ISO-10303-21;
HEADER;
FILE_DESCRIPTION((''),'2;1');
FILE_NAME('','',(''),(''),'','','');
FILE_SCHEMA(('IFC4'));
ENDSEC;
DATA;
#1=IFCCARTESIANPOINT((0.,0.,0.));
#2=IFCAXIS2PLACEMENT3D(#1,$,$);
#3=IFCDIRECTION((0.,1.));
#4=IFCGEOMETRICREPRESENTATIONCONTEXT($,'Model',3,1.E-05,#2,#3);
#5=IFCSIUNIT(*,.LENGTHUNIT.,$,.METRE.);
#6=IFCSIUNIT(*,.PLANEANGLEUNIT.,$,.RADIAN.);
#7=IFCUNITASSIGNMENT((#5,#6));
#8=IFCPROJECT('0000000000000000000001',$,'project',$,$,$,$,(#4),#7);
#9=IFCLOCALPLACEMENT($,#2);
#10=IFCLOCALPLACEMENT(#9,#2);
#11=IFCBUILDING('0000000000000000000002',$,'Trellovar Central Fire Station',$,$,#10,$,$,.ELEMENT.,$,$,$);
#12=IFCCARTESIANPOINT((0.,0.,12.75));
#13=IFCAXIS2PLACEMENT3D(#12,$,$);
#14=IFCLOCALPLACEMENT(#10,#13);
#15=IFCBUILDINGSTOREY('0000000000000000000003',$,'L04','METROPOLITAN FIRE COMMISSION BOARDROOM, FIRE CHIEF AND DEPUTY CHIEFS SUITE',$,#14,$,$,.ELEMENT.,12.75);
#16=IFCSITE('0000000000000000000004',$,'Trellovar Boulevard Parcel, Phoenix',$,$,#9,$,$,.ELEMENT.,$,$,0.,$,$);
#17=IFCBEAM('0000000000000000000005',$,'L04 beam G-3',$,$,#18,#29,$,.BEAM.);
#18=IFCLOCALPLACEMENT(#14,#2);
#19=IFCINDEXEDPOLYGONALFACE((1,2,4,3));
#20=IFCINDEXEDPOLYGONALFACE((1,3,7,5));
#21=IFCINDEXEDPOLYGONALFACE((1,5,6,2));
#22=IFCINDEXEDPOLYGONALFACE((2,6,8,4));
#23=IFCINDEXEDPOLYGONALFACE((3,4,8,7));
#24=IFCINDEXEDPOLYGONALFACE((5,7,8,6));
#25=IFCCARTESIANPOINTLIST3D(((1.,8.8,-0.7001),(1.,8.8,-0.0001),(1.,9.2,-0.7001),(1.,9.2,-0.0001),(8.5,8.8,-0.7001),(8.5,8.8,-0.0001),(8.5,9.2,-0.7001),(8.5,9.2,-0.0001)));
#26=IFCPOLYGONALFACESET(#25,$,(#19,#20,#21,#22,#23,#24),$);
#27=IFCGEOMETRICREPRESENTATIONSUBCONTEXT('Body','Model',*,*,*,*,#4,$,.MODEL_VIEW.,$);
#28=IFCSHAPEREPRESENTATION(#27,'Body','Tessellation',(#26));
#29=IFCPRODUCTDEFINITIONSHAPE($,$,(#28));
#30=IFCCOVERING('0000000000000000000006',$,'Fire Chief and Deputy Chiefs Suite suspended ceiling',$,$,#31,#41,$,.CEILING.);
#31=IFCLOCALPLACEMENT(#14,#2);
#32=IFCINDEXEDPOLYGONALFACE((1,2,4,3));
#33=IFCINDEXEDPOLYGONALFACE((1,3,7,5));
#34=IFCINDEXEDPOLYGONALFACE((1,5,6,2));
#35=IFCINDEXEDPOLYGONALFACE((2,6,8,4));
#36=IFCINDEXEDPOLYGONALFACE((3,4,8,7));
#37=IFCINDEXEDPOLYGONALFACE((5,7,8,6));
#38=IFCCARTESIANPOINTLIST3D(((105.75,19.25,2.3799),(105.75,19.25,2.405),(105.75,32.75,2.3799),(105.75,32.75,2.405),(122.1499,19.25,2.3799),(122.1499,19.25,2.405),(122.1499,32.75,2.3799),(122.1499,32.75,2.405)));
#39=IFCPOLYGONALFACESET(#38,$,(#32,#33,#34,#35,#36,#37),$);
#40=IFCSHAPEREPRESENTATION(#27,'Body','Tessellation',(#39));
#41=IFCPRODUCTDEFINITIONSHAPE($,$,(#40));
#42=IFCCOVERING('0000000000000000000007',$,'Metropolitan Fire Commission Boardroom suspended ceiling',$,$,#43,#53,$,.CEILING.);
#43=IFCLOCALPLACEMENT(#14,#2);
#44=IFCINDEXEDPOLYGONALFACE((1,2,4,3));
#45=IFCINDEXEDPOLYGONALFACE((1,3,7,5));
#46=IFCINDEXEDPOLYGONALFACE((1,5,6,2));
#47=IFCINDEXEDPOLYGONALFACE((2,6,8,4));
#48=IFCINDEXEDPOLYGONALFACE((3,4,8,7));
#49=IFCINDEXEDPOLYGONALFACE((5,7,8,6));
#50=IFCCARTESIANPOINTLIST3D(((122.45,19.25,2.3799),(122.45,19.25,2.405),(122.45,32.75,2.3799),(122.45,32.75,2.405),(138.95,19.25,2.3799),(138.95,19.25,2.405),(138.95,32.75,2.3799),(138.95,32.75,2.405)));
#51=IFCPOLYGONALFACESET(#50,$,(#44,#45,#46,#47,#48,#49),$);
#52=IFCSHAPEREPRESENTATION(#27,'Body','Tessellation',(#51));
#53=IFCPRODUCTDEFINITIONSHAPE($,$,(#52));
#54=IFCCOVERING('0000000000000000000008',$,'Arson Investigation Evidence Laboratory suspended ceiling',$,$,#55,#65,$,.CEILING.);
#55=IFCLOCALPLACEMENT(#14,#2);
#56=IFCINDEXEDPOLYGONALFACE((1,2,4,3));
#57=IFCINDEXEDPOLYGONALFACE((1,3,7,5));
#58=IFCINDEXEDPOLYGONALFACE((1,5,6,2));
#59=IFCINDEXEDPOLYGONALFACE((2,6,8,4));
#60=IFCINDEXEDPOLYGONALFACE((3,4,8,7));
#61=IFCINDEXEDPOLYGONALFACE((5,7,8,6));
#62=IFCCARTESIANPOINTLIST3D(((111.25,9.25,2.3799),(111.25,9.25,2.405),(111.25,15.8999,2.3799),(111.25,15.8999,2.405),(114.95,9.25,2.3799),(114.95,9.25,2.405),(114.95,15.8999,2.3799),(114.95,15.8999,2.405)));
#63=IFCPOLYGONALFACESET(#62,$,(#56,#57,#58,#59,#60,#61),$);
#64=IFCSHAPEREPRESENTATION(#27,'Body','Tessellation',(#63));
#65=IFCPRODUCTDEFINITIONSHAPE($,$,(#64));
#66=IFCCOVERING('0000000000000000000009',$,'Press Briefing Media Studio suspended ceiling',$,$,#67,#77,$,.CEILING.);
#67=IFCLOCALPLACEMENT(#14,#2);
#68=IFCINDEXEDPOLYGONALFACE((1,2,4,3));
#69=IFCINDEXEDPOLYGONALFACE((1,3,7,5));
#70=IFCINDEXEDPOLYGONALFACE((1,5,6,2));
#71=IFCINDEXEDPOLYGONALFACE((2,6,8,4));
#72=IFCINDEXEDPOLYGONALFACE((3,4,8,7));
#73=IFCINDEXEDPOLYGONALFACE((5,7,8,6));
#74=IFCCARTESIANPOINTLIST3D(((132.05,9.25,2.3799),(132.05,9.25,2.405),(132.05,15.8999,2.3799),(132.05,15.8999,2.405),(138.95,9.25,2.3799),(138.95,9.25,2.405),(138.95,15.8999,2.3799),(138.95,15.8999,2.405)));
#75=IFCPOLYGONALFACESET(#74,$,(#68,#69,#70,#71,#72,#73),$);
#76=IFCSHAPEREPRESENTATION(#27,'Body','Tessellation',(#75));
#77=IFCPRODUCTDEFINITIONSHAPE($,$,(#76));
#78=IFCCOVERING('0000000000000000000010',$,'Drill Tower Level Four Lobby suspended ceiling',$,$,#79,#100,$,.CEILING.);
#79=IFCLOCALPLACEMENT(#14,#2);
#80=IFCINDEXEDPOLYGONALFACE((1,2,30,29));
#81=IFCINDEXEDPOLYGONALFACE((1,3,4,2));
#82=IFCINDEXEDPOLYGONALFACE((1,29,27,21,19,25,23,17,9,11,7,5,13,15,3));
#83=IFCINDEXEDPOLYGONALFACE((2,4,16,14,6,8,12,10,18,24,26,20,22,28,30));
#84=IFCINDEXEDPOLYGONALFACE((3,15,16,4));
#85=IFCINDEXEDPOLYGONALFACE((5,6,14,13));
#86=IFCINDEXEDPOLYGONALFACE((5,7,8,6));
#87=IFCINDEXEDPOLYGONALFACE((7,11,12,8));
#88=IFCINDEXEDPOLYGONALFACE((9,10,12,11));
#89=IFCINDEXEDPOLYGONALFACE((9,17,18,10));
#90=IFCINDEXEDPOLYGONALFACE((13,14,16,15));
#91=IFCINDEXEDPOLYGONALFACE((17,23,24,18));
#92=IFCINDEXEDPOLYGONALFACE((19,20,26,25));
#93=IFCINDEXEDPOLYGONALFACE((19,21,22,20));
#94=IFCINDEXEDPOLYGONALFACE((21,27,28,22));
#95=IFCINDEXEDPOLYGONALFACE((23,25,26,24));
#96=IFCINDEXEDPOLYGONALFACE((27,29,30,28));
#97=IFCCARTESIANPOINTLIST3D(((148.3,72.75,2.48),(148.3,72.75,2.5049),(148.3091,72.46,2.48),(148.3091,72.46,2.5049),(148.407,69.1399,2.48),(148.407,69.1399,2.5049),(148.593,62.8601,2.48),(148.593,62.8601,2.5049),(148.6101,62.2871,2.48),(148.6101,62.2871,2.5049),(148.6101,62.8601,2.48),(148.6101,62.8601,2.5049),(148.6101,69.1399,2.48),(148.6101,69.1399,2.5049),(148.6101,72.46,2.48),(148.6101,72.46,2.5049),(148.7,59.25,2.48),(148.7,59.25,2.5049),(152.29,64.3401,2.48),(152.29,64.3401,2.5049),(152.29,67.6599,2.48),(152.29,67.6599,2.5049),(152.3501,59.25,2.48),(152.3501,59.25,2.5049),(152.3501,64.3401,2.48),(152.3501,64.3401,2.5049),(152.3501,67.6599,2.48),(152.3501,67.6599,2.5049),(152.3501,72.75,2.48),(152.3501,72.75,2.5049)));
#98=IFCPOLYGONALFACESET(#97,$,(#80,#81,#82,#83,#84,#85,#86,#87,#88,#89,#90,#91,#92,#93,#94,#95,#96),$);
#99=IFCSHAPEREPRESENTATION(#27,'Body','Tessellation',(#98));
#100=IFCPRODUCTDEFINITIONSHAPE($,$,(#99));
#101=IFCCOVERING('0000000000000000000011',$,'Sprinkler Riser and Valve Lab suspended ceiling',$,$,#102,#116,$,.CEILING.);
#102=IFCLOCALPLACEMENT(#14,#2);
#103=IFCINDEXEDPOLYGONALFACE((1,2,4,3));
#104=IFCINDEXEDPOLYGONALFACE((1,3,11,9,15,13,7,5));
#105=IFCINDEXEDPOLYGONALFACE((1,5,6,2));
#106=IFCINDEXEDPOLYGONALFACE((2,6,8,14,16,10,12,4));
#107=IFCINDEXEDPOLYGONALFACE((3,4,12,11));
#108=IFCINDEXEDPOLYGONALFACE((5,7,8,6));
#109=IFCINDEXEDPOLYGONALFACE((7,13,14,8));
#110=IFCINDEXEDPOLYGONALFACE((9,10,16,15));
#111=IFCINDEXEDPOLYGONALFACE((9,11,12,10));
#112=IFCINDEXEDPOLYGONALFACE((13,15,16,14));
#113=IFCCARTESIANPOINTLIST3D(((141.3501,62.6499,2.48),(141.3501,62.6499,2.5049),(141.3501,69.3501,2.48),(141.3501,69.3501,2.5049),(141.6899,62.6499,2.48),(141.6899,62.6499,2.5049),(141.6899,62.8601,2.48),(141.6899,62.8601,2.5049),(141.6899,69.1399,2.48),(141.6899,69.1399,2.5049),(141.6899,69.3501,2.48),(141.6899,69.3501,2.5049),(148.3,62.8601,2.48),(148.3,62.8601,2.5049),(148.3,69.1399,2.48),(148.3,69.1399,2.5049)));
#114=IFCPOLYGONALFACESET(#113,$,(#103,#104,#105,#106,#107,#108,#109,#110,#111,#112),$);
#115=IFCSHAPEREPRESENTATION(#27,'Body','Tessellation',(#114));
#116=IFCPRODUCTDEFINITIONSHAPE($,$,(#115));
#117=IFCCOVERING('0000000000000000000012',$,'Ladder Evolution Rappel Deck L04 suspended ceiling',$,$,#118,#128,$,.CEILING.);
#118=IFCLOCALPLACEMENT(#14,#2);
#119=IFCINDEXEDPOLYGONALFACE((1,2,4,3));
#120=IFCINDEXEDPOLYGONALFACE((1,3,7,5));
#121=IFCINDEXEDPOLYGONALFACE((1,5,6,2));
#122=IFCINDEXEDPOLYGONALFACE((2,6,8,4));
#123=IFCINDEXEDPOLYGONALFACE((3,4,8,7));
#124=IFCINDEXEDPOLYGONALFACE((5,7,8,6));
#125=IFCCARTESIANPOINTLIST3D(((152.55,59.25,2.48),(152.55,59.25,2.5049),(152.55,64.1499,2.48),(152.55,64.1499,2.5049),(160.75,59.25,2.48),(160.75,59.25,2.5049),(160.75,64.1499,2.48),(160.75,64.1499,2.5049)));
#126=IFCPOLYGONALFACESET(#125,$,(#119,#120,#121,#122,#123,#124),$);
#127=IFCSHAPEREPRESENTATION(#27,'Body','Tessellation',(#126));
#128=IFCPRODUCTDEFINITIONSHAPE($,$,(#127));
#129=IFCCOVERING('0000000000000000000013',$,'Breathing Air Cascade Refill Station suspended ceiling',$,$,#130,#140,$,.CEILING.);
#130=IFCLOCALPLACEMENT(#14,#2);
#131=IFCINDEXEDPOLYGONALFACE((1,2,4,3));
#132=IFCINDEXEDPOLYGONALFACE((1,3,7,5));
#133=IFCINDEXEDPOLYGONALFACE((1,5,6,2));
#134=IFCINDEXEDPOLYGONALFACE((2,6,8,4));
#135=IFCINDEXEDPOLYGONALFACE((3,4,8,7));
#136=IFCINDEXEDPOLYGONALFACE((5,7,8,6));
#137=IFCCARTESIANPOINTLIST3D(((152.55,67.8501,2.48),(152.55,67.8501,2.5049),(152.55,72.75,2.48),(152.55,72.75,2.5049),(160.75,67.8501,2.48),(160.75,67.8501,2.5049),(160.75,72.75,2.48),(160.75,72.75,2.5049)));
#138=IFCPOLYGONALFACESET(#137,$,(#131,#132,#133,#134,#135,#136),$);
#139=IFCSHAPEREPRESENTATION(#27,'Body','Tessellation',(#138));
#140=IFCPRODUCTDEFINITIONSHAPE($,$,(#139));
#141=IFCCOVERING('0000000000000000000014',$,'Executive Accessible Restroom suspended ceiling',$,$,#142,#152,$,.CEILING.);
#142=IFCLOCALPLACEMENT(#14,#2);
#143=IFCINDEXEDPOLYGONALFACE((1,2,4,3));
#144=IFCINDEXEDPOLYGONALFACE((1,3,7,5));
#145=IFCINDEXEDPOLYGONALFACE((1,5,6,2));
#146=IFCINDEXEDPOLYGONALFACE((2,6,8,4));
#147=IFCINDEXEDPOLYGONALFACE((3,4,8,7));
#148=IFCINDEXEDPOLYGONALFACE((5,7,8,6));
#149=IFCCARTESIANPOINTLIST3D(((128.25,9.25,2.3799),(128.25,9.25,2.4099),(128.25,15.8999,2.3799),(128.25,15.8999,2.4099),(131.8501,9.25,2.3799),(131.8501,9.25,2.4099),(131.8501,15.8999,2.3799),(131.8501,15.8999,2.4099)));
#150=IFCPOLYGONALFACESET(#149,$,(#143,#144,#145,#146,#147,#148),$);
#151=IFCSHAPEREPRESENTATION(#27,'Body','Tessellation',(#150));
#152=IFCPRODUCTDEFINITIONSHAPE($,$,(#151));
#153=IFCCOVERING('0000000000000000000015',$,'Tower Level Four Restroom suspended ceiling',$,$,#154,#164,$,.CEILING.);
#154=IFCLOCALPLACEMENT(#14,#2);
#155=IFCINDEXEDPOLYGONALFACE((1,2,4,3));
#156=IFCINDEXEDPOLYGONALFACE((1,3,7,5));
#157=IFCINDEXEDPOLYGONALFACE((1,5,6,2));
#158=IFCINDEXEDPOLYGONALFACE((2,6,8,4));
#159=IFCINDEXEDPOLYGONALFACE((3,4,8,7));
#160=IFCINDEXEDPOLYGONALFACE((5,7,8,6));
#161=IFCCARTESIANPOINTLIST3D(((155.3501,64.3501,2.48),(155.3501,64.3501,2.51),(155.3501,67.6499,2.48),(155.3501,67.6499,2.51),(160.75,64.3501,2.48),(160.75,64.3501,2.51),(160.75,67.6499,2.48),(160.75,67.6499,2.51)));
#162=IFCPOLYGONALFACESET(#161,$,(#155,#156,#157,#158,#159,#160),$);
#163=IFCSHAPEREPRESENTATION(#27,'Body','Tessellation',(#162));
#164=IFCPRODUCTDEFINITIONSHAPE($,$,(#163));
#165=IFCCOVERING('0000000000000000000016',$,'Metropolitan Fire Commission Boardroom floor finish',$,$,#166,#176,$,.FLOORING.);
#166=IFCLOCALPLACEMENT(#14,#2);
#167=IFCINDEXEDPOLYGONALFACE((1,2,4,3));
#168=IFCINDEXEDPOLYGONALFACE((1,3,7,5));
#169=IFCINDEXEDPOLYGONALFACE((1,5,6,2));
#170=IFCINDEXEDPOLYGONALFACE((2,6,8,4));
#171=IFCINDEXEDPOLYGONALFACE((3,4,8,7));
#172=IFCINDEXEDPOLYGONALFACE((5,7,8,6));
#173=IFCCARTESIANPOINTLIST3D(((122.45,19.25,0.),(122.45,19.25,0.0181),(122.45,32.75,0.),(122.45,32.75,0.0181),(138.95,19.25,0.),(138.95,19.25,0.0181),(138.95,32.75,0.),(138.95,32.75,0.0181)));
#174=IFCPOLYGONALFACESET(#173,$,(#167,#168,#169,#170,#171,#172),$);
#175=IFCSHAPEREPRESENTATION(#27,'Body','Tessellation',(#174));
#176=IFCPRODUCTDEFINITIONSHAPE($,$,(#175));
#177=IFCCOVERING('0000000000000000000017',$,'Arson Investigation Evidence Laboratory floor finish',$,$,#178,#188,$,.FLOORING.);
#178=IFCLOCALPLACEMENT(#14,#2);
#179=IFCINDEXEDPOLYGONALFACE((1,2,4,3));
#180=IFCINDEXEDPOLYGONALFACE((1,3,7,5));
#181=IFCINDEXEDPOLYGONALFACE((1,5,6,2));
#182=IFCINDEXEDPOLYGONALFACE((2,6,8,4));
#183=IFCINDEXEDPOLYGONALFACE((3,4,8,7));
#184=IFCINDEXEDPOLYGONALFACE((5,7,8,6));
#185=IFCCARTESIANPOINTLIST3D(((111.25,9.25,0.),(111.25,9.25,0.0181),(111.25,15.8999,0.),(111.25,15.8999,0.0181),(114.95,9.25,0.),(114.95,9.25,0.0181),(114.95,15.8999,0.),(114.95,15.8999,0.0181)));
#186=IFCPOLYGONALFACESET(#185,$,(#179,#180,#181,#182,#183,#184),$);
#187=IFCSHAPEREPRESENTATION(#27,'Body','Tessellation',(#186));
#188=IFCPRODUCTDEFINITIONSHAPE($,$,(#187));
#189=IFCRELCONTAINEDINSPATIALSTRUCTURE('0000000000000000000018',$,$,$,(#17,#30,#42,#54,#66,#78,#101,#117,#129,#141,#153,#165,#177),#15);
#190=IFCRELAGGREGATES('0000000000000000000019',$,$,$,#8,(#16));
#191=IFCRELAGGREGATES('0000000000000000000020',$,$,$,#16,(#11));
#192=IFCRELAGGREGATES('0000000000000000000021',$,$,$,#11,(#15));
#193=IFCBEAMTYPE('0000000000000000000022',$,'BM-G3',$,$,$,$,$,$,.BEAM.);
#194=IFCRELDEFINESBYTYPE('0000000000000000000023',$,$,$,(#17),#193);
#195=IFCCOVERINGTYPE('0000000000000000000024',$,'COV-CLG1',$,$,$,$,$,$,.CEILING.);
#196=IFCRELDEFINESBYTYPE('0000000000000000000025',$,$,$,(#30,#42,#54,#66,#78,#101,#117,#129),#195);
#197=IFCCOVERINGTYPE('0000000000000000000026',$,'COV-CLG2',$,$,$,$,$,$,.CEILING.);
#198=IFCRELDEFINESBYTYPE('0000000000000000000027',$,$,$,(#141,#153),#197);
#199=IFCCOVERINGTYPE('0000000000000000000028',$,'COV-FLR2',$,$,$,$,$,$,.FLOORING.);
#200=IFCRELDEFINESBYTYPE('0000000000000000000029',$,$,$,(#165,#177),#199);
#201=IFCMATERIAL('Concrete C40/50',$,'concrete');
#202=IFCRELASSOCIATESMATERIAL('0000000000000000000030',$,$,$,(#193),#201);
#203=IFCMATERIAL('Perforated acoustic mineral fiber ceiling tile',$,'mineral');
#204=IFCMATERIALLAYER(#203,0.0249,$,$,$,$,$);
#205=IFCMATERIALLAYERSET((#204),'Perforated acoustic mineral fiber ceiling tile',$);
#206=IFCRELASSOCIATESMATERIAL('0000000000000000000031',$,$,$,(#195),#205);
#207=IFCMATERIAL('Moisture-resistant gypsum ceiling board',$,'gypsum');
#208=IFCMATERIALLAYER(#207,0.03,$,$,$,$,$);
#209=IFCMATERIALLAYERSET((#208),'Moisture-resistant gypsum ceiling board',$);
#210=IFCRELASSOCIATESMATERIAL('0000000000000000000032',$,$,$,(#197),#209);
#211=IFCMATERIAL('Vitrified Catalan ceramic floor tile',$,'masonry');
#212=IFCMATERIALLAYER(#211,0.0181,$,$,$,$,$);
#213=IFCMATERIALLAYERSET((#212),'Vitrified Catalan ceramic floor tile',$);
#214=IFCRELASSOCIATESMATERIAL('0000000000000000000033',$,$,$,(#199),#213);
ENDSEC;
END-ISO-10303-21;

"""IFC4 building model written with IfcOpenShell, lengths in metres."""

from ifc_helpers import new_model, si_unit, direction, frame, origin, origin_2d, place, context, subcontext, project, spatial, polyline, rectangle, outline, extrude, material, layer, layer_set, material_profile, profile_set, type_object, element, save


model = new_model("IFC4")

# Units and contexts
model_context = context("Model", 3, precision=1e-05, world=origin(), true_north=direction((0.0, 1.0)))
body_context = subcontext(model_context, "Body", "Model", "MODEL_VIEW")
ifc_project = project(units=[si_unit("LENGTHUNIT", "METRE"), si_unit("PLANEANGLEUNIT", "RADIAN")], contexts=[model_context])

# Site, building, storey
site_placement = place(None, origin())
site = spatial("IfcSite", under=ifc_project, at=site_placement, Name="Trellovar Boulevard Parcel, Phoenix", CompositionType="ELEMENT", RefElevation=0.0)
building_placement = place(site_placement, origin())
building = spatial("IfcBuilding", under=site, at=building_placement, Name="Trellovar Central Fire Station", CompositionType="ELEMENT")
storey_placement = place(building_placement, frame((0.0, 0.0, 12.75)))
storey = spatial("IfcBuildingStorey", under=building, at=storey_placement, Name="L04", Description="METROPOLITAN FIRE COMMISSION BOARDROOM, FIRE CHIEF AND DEPUTY CHIEFS SUITE", CompositionType="ELEMENT", Elevation=12.75)

# Beam
ifc_material_1 = material(Name="Concrete C40/50", Category="concrete")
ifc_material_profile = material_profile(ifc_material_1, rectangle(XDim=0.3999, YDim=0.7, at=origin_2d()), Name="RC400X700")
ifc_profile_set = profile_set([ifc_material_profile], Name="Concrete C40/50")
beam_type = type_object("IfcBeamType", Name="BM-G3", PredefinedType="BEAM", material=ifc_profile_set)
beam_placement = place(storey_placement, frame((1.0, 9.0, -0.3501), z_axis=(1.0, 0.0, 0.0), x_axis=(0.0, 1.0, 0.0)))
element("IfcBeam", 1, at=beam_placement, inside=storey, type_object=beam_type, Name="L04 beam G-3", PredefinedType="BEAM", context=body_context, shape_type="SweptSolid", body=[
    extrude(rectangle(XDim=0.3999, YDim=0.7, at=origin_2d()), origin(), (0.0, 0.0, 1.0), 7.5),
])

# Coverings
ifc_material_2 = material(Name="Perforated acoustic mineral fiber ceiling tile", Category="mineral")
ifc_layer_1 = layer(ifc_material_2, 0.0249)
ifc_layer_set_1 = layer_set([ifc_layer_1], Name="Perforated acoustic mineral fiber ceiling tile")
covering_type_1 = type_object("IfcCoveringType", Name="COV-CLG1", PredefinedType="CEILING", material=ifc_layer_set_1)
covering_1_placement = place(storey_placement, frame((0.0, 0.0, 2.3799)))
element("IfcCovering", 2, at=covering_1_placement, inside=storey, type_object=covering_type_1, Name="Fire Chief and Deputy Chiefs Suite suspended ceiling", PredefinedType="CEILING", context=body_context, shape_type="SweptSolid", body=[
    extrude(outline(polyline([(122.1499, 32.75), (122.1499, 19.25), (105.75, 19.25), (105.75, 32.75), (122.1499, 32.75)])), origin(), (0.0, 0.0, 1.0), 0.0251),
])
covering_2_placement = place(storey_placement, frame((0.0, 0.0, 2.3799)))
element("IfcCovering", 3, at=covering_2_placement, inside=storey, type_object=covering_type_1, Name="Metropolitan Fire Commission Boardroom suspended ceiling", PredefinedType="CEILING", context=body_context, shape_type="SweptSolid", body=[
    extrude(outline(polyline([(138.95, 32.75), (138.95, 19.25), (122.45, 19.25), (122.45, 32.75), (138.95, 32.75)])), origin(), (0.0, 0.0, 1.0), 0.0251),
])
covering_3_placement = place(storey_placement, frame((0.0, 0.0, 2.3799)))
element("IfcCovering", 4, at=covering_3_placement, inside=storey, type_object=covering_type_1, Name="Arson Investigation Evidence Laboratory suspended ceiling", PredefinedType="CEILING", context=body_context, shape_type="SweptSolid", body=[
    extrude(outline(polyline([(114.95, 15.8999), (114.95, 9.25), (111.25, 9.25), (111.25, 15.8999), (114.95, 15.8999)])), origin(), (0.0, 0.0, 1.0), 0.0251),
])
covering_4_placement = place(storey_placement, frame((0.0, 0.0, 2.3799)))
element("IfcCovering", 5, at=covering_4_placement, inside=storey, type_object=covering_type_1, Name="Press Briefing Media Studio suspended ceiling", PredefinedType="CEILING", context=body_context, shape_type="SweptSolid", body=[
    extrude(outline(polyline([(138.95, 15.8999), (138.95, 9.25), (132.05, 9.25), (132.05, 15.8999), (138.95, 15.8999)])), origin(), (0.0, 0.0, 1.0), 0.0251),
])
covering_5_placement = place(storey_placement, frame((0.0, 0.0, 2.48)))
element("IfcCovering", 6, at=covering_5_placement, inside=storey, type_object=covering_type_1, Name="Drill Tower Level Four Lobby suspended ceiling", PredefinedType="CEILING", context=body_context, shape_type="SweptSolid", body=[
    extrude(outline(polyline([(148.6101, 72.46), (148.3091, 72.46), (148.3, 72.75), (152.3501, 72.75), (152.3501, 67.6599), (152.29, 67.6599), (152.29, 64.3401), (152.3501, 64.3401), (152.3501, 59.25), (148.7, 59.25), (148.6101, 62.2871), (148.6101, 62.8601), (148.593, 62.8601), (148.407, 69.1399), (148.6101, 69.1399), (148.6101, 72.46)])), origin(), (0.0, 0.0, 1.0), 0.0249),
])
covering_6_placement = place(storey_placement, frame((0.0, 0.0, 2.48)))
element("IfcCovering", 7, at=covering_6_placement, inside=storey, type_object=covering_type_1, Name="Sprinkler Riser and Valve Lab suspended ceiling", PredefinedType="CEILING", context=body_context, shape_type="SweptSolid", body=[
    extrude(outline(polyline([(141.6899, 62.8601), (141.6899, 62.6499), (141.3501, 62.6499), (141.3501, 69.3501), (141.6899, 69.3501), (141.6899, 69.1399), (148.3, 69.1399), (148.3, 62.8601), (141.6899, 62.8601)])), origin(), (0.0, 0.0, 1.0), 0.0249),
])
covering_7_placement = place(storey_placement, frame((0.0, 0.0, 2.48)))
element("IfcCovering", 8, at=covering_7_placement, inside=storey, type_object=covering_type_1, Name="Ladder Evolution Rappel Deck L04 suspended ceiling", PredefinedType="CEILING", context=body_context, shape_type="SweptSolid", body=[
    extrude(outline(polyline([(160.75, 64.1499), (160.75, 59.25), (152.55, 59.25), (152.55, 64.1499), (160.75, 64.1499)])), origin(), (0.0, 0.0, 1.0), 0.0249),
])
covering_8_placement = place(storey_placement, frame((0.0, 0.0, 2.48)))
element("IfcCovering", 9, at=covering_8_placement, inside=storey, type_object=covering_type_1, Name="Breathing Air Cascade Refill Station suspended ceiling", PredefinedType="CEILING", context=body_context, shape_type="SweptSolid", body=[
    extrude(outline(polyline([(160.75, 72.75), (160.75, 67.8501), (152.55, 67.8501), (152.55, 72.75), (160.75, 72.75)])), origin(), (0.0, 0.0, 1.0), 0.0249),
])
ifc_material_3 = material(Name="Moisture-resistant gypsum ceiling board", Category="gypsum")
ifc_layer_2 = layer(ifc_material_3, 0.03)
ifc_layer_set_2 = layer_set([ifc_layer_2], Name="Moisture-resistant gypsum ceiling board")
covering_type_2 = type_object("IfcCoveringType", Name="COV-CLG2", PredefinedType="CEILING", material=ifc_layer_set_2)
covering_9_placement = place(storey_placement, frame((0.0, 0.0, 2.3799)))
element("IfcCovering", 10, at=covering_9_placement, inside=storey, type_object=covering_type_2, Name="Executive Accessible Restroom suspended ceiling", PredefinedType="CEILING", context=body_context, shape_type="SweptSolid", body=[
    extrude(outline(polyline([(131.8501, 15.8999), (131.8501, 9.25), (128.25, 9.25), (128.25, 15.8999), (131.8501, 15.8999)])), origin(), (0.0, 0.0, 1.0), 0.03),
])
covering_10_placement = place(storey_placement, frame((0.0, 0.0, 2.48)))
element("IfcCovering", 11, at=covering_10_placement, inside=storey, type_object=covering_type_2, Name="Tower Level Four Restroom suspended ceiling", PredefinedType="CEILING", context=body_context, shape_type="SweptSolid", body=[
    extrude(outline(polyline([(160.75, 67.6499), (160.75, 64.3501), (155.3501, 64.3501), (155.3501, 67.6499), (160.75, 67.6499)])), origin(), (0.0, 0.0, 1.0), 0.03),
])
ifc_material_4 = material(Name="Vitrified Catalan ceramic floor tile", Category="masonry")
ifc_layer_3 = layer(ifc_material_4, 0.0181)
ifc_layer_set_3 = layer_set([ifc_layer_3], Name="Vitrified Catalan ceramic floor tile")
covering_type_3 = type_object("IfcCoveringType", Name="COV-FLR2", PredefinedType="FLOORING", material=ifc_layer_set_3)
covering_11_placement = place(storey_placement, origin())
element("IfcCovering", 12, at=covering_11_placement, inside=storey, type_object=covering_type_3, Name="Metropolitan Fire Commission Boardroom floor finish", PredefinedType="FLOORING", context=body_context, shape_type="SweptSolid", body=[
    extrude(outline(polyline([(138.95, 32.75), (138.95, 19.25), (122.45, 19.25), (122.45, 32.75), (138.95, 32.75)])), origin(), (0.0, 0.0, 1.0), 0.0181),
])
covering_12_placement = place(storey_placement, origin())
element("IfcCovering", 13, at=covering_12_placement, inside=storey, type_object=covering_type_3, Name="Arson Investigation Evidence Laboratory floor finish", PredefinedType="FLOORING", context=body_context, shape_type="SweptSolid", body=[
    extrude(outline(polyline([(114.95, 15.8999), (114.95, 9.25), (111.25, 9.25), (111.25, 15.8999), (114.95, 15.8999)])), origin(), (0.0, 0.0, 1.0), 0.0181),
])

save(model, "model.ifc")
